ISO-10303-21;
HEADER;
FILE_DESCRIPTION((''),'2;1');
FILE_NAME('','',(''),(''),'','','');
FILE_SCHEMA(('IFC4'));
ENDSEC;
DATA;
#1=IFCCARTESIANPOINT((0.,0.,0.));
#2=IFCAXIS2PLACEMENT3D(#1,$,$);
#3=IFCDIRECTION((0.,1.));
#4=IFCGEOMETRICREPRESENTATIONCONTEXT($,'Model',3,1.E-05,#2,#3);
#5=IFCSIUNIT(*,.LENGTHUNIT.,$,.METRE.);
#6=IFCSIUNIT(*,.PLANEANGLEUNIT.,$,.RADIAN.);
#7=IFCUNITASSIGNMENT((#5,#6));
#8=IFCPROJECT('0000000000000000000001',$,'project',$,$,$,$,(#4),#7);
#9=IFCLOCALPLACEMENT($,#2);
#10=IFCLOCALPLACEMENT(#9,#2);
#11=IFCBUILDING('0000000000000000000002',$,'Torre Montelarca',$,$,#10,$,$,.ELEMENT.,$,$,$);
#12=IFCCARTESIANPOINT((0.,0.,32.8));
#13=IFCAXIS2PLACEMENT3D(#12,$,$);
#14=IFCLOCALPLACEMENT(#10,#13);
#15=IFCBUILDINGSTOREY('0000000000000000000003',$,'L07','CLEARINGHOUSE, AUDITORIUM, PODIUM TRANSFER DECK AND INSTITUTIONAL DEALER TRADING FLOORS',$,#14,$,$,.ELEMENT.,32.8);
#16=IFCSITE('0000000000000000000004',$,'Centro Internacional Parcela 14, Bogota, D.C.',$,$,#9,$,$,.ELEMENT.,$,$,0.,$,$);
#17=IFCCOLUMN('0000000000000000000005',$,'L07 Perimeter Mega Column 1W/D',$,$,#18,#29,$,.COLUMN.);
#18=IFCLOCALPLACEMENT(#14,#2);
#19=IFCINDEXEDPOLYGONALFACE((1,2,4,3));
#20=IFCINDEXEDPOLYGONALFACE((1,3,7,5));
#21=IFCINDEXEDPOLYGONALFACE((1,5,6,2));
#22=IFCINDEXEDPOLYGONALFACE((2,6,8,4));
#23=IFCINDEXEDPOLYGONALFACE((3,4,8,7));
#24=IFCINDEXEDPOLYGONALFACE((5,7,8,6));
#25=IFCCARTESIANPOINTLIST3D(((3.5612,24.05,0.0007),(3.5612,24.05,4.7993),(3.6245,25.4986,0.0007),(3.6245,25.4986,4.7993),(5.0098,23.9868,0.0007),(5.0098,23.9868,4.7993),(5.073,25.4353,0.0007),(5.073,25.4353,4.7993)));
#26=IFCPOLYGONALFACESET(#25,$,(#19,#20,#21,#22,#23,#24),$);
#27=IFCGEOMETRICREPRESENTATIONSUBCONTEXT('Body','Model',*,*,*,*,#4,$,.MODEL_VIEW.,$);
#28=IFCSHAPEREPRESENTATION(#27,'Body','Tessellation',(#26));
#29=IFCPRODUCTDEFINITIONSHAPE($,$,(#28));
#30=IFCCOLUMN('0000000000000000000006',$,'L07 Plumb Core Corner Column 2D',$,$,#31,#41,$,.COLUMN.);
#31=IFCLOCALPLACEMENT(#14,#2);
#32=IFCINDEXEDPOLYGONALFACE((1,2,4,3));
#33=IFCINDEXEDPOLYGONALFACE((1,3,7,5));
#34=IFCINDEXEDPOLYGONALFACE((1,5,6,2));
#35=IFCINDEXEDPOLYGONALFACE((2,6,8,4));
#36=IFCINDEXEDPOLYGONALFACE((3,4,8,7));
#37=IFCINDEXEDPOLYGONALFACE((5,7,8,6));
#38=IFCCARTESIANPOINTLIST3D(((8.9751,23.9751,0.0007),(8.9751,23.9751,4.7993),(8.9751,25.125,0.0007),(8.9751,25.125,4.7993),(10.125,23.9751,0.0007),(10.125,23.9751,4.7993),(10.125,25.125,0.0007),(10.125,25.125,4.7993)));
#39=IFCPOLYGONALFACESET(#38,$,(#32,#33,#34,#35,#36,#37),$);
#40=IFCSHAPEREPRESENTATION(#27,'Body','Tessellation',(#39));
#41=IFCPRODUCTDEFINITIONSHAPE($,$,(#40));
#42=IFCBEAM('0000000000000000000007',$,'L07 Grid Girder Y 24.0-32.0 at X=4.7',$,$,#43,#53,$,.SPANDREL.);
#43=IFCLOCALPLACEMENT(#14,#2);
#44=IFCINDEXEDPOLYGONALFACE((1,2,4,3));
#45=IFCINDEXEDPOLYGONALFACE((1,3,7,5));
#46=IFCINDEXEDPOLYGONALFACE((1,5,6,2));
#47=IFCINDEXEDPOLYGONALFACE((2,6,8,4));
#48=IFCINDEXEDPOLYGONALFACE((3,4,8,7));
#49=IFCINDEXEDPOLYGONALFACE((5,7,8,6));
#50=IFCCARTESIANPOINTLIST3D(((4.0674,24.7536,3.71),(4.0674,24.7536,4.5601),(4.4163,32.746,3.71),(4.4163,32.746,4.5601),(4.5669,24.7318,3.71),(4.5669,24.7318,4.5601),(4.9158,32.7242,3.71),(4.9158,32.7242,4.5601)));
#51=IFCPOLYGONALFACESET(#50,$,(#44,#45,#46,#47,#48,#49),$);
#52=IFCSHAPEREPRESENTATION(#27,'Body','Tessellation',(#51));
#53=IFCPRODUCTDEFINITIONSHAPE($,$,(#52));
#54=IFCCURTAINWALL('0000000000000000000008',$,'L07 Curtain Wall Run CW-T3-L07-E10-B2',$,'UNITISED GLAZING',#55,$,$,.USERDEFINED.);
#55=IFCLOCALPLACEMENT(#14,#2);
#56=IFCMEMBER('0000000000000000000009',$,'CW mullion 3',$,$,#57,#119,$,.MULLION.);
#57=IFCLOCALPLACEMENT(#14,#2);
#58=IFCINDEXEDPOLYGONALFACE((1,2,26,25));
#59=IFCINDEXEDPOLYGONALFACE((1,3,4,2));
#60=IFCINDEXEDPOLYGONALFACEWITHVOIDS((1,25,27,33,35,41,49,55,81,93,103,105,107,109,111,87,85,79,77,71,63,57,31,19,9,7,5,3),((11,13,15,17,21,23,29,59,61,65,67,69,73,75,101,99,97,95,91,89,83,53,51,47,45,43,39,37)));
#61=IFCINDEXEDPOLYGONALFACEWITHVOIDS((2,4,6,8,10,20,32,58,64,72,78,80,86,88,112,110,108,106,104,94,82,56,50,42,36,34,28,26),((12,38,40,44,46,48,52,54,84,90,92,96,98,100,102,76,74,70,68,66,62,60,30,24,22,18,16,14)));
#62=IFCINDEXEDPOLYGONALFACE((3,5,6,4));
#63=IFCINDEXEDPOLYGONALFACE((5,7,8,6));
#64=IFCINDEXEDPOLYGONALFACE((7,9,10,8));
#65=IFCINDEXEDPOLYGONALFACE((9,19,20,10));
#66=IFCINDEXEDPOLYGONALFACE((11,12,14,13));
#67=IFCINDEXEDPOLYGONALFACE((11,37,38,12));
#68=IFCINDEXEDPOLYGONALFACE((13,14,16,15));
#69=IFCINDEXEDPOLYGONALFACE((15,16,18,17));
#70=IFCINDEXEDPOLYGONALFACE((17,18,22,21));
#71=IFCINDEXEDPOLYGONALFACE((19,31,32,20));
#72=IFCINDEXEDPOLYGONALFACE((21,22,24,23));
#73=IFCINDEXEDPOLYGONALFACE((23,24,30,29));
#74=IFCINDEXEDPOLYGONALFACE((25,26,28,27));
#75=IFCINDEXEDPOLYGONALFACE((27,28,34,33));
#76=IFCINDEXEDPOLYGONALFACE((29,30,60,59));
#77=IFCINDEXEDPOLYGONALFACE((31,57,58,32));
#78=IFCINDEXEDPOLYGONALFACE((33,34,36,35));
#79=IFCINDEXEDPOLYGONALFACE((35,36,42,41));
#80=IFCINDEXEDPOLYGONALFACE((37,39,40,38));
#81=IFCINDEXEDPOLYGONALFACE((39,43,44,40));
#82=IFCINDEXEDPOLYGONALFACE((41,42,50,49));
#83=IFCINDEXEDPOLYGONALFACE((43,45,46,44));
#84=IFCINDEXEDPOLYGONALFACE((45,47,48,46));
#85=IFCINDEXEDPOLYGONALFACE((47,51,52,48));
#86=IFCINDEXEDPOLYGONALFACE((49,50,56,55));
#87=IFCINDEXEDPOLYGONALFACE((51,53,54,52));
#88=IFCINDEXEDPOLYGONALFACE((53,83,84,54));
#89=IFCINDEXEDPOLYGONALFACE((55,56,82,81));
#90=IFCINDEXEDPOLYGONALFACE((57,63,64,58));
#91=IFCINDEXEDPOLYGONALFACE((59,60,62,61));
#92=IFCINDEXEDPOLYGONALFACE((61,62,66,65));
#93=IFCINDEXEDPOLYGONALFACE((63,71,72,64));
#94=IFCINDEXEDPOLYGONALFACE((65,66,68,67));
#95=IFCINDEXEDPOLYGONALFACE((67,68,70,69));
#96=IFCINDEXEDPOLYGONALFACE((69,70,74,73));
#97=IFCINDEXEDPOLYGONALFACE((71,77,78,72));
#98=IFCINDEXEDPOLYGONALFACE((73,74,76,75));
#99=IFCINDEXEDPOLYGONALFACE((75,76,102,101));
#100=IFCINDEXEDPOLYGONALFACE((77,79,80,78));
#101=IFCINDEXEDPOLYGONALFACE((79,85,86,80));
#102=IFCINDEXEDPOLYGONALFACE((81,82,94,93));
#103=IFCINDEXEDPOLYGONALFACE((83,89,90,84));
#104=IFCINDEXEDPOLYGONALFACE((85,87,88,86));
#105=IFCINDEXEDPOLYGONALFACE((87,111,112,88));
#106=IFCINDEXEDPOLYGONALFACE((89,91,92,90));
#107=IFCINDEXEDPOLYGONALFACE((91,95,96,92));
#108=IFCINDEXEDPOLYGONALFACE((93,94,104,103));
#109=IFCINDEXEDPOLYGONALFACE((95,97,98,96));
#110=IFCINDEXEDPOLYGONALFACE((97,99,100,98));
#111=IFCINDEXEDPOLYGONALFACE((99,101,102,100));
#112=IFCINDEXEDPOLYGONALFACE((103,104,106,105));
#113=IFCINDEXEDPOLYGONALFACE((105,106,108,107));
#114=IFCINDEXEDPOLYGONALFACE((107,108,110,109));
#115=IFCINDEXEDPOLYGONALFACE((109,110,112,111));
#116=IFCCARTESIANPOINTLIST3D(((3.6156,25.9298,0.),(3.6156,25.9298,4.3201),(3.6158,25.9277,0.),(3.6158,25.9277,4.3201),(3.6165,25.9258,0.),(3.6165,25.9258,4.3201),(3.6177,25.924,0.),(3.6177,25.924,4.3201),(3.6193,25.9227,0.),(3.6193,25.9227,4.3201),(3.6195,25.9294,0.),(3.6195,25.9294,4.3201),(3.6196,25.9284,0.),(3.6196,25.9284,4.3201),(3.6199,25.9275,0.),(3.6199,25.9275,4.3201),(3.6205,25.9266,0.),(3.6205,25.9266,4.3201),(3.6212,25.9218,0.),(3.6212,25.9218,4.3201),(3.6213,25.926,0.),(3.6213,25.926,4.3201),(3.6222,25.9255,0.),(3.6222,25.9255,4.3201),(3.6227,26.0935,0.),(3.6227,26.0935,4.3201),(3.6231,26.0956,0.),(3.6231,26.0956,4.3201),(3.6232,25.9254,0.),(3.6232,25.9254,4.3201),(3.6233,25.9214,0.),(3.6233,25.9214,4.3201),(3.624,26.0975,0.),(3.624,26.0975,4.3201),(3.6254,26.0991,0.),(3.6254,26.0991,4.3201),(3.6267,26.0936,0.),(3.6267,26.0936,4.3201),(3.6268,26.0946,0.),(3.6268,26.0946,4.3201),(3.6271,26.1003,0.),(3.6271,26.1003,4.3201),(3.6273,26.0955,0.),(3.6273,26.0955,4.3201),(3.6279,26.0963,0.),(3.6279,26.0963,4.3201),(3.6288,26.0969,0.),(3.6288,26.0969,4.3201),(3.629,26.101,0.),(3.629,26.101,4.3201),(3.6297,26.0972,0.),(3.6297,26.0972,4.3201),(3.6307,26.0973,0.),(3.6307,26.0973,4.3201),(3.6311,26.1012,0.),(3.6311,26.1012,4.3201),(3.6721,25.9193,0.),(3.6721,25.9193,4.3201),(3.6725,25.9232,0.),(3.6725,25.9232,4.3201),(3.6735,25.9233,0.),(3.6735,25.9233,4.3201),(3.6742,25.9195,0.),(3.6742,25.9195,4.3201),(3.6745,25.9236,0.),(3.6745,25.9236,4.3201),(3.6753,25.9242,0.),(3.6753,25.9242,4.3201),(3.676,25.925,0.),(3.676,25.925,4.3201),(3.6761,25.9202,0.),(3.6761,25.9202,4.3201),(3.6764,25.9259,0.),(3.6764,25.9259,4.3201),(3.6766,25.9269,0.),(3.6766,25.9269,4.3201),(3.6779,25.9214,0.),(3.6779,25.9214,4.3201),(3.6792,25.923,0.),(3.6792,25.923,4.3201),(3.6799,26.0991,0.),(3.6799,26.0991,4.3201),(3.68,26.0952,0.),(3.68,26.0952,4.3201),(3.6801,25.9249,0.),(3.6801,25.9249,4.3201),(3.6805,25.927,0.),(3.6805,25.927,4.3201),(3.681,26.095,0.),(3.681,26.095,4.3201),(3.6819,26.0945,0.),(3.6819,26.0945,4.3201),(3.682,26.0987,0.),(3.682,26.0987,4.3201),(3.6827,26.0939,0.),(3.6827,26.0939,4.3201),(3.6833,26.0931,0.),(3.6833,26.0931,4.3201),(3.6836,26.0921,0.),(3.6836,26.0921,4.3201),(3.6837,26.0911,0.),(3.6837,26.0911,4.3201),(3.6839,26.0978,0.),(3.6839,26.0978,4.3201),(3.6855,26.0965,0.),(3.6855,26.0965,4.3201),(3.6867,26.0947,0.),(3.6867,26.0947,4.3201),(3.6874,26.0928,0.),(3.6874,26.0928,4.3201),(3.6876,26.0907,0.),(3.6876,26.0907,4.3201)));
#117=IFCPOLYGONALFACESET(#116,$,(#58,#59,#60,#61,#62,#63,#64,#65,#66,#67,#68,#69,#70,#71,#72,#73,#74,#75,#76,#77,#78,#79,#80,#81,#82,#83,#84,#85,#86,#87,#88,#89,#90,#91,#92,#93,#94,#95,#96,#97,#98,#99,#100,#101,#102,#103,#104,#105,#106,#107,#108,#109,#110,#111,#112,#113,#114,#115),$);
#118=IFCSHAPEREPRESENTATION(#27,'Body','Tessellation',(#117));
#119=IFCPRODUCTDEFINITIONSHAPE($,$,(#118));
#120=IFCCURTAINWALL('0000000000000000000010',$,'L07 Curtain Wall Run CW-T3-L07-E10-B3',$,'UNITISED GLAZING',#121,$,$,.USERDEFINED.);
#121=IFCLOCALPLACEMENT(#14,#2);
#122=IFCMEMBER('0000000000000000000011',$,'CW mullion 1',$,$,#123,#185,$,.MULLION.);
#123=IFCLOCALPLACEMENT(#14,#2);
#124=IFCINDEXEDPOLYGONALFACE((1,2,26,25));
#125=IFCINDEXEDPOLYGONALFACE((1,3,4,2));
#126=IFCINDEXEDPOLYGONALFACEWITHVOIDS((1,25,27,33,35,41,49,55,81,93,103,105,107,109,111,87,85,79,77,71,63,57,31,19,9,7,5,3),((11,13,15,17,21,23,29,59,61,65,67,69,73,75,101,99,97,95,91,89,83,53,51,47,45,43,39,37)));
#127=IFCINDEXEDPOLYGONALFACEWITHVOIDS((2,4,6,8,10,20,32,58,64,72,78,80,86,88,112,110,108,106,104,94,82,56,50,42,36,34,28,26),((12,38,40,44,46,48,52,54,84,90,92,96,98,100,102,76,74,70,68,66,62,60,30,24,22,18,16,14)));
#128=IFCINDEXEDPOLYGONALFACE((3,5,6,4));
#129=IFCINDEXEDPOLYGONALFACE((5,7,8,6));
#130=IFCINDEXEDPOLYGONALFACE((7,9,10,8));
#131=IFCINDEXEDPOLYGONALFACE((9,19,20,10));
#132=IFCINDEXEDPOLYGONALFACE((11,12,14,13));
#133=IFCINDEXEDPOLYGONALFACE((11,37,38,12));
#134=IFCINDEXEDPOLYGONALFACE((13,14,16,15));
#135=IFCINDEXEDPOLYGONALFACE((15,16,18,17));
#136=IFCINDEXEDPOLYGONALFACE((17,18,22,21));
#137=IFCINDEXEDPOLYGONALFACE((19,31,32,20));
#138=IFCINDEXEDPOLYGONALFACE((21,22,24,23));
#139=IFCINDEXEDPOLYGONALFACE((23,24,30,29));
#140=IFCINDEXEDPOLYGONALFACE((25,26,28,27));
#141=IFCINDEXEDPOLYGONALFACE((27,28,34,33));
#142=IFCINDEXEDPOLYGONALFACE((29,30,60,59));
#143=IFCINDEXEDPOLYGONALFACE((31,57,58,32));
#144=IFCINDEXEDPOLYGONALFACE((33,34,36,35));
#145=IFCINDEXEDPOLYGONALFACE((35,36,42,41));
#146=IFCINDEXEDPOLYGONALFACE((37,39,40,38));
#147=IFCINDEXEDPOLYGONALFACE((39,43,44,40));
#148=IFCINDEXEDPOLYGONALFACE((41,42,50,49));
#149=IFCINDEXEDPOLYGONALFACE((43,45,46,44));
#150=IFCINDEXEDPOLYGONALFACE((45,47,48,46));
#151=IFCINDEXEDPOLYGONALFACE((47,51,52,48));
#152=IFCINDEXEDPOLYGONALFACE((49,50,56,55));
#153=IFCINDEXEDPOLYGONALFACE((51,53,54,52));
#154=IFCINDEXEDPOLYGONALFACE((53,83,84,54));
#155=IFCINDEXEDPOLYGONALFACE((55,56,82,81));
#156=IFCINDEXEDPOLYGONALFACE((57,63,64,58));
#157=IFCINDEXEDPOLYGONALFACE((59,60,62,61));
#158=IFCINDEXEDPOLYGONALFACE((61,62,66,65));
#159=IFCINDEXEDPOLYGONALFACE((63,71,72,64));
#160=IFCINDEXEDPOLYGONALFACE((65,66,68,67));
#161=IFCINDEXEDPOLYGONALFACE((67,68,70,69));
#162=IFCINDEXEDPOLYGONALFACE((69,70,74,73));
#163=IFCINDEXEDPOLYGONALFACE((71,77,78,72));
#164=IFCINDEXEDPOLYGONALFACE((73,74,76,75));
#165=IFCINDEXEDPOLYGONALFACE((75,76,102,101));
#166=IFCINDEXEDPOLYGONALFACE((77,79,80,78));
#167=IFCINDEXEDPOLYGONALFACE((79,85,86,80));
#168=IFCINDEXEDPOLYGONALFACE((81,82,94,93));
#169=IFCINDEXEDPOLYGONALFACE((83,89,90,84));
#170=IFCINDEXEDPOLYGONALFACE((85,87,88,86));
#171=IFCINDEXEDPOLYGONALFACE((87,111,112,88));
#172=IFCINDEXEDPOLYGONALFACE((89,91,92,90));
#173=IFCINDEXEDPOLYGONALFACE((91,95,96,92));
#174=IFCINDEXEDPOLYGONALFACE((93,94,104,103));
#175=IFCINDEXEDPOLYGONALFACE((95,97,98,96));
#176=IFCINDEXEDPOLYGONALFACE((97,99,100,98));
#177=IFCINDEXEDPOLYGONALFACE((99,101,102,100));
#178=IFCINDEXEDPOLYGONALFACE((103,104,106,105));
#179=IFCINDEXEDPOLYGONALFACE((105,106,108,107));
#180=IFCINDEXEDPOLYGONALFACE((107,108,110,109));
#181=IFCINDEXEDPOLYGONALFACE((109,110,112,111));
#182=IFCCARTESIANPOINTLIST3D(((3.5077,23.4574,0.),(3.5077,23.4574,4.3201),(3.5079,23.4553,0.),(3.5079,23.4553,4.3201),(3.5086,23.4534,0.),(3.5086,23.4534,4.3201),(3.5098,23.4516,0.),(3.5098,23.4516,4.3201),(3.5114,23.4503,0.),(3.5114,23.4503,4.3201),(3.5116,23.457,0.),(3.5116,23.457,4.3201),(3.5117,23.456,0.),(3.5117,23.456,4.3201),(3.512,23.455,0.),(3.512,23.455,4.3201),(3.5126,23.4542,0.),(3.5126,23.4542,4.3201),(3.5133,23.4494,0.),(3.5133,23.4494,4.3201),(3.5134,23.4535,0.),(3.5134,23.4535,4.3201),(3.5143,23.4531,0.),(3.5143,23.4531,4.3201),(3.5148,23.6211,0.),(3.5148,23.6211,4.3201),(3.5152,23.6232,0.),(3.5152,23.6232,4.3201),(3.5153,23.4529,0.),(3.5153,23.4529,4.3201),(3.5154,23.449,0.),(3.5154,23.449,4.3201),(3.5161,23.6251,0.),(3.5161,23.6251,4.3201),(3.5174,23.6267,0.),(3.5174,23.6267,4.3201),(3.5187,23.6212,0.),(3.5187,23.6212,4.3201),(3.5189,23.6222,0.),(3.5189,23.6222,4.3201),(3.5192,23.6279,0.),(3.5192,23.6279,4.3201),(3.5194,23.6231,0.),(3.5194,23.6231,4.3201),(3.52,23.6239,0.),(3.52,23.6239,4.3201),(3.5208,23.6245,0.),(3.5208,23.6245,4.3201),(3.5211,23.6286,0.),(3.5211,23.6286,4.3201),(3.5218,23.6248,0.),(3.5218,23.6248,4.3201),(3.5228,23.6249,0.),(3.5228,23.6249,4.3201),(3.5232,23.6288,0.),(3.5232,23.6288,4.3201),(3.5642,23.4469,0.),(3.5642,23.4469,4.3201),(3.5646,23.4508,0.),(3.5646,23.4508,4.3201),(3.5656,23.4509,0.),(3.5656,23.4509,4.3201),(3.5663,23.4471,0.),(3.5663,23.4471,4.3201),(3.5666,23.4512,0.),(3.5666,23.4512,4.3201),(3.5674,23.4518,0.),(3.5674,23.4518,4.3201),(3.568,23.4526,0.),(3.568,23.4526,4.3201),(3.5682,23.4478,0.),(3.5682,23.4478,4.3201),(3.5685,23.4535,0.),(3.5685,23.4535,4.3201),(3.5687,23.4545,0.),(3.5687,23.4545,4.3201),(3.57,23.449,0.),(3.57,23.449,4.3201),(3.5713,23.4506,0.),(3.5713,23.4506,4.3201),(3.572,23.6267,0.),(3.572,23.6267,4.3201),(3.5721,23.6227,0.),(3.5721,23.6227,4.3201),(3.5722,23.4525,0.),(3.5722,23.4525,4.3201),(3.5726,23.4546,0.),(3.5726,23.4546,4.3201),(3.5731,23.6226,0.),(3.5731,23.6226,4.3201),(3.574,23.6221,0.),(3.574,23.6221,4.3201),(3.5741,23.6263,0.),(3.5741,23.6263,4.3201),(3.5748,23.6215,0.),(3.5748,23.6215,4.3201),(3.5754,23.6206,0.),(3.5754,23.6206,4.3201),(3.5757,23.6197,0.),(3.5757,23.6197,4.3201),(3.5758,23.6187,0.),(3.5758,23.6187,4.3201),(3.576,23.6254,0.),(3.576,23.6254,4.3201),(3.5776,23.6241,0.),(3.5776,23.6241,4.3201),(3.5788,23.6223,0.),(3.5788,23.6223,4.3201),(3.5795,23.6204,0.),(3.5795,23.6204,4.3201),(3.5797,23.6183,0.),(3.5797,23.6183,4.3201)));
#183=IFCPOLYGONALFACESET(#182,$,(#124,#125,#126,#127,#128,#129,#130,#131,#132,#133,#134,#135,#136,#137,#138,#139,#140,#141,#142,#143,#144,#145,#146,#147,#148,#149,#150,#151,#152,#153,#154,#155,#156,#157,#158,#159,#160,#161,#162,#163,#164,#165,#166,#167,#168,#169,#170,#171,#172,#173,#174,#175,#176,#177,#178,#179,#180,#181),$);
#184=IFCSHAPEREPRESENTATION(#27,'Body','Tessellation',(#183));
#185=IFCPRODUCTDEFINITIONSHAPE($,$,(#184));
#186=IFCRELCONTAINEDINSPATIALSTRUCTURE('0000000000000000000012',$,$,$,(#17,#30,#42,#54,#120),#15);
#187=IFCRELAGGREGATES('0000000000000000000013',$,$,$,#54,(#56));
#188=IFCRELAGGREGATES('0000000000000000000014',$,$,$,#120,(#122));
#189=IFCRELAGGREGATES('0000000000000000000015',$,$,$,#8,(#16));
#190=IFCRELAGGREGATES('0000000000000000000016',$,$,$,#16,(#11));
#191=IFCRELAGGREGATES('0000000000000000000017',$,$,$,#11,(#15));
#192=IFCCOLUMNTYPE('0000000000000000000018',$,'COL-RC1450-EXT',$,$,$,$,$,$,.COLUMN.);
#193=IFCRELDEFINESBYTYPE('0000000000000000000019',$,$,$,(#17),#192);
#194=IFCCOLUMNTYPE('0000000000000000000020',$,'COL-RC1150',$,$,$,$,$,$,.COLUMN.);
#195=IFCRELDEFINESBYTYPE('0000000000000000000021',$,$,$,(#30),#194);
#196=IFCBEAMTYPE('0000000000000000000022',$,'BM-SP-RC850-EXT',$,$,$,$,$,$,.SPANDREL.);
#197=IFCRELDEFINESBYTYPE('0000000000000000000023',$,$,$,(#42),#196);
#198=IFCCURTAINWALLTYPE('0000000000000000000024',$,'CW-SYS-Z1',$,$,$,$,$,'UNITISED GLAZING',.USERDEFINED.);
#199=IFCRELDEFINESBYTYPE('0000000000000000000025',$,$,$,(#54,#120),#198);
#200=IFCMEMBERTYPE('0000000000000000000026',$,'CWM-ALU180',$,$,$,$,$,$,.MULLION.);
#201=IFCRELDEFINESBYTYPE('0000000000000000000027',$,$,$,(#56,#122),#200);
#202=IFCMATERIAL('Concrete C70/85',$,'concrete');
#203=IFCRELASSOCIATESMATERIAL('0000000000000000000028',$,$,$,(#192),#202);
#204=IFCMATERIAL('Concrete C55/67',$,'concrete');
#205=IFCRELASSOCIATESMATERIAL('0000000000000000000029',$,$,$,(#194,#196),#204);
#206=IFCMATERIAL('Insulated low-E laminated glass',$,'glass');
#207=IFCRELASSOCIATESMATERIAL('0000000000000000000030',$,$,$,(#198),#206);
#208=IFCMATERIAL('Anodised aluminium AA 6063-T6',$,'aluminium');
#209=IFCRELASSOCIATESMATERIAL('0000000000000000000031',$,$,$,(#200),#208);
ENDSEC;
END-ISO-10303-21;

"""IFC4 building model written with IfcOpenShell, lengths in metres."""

from ifc_helpers import new_model, si_unit, direction, frame, origin, origin_2d, place, context, subcontext, project, spatial, rectangle, hollow_rectangle, extrude, source, transform, mapped, material, material_profile, profile_set, type_object, element, aggregate, save


model = new_model("IFC4")

# Units and contexts
model_context = context("Model", 3, precision=1e-05, world=origin(), true_north=direction((0.0, 1.0)))
body_context = subcontext(model_context, "Body", "Model", "MODEL_VIEW")
ifc_project = project(units=[si_unit("LENGTHUNIT", "METRE"), si_unit("PLANEANGLEUNIT", "RADIAN")], contexts=[model_context])

# Site, building, storey
site_placement = place(None, origin())
site = spatial("IfcSite", under=ifc_project, at=site_placement, Name="Centro Internacional Parcela 14, Bogota, D.C.", CompositionType="ELEMENT", RefElevation=0.0)
building_placement = place(site_placement, origin())
building = spatial("IfcBuilding", under=site, at=building_placement, Name="Torre Montelarca", CompositionType="ELEMENT")
storey_placement = place(building_placement, frame((0.0, 0.0, 32.8)))
storey = spatial("IfcBuildingStorey", under=building, at=storey_placement, Name="L07", Description="CLEARINGHOUSE, AUDITORIUM, PODIUM TRANSFER DECK AND INSTITUTIONAL DEALER TRADING FLOORS", CompositionType="ELEMENT", Elevation=32.8)

# Columns
ifc_material_1 = material(Name="Concrete C70/85", Category="concrete")
ifc_material_profile_1 = material_profile(ifc_material_1, rectangle(XDim=1.45, YDim=1.45, at=origin_2d()), Name="RC1450X1450", Category="concrete")
ifc_profile_set_1 = profile_set([ifc_material_profile_1], Name="Concrete C70/85")
column_type_1 = type_object("IfcColumnType", Name="COL-RC1450-EXT", PredefinedType="COLUMN", material=ifc_profile_set_1)
shared_shape_1 = source(origin(), body_context, "Body", "SweptSolid", [
    extrude(rectangle(XDim=1.45, YDim=1.45, at=origin_2d()), origin(), (0.0, 0.0, 1.0), 4.7986),
])
column_1_placement = place(storey_placement, frame((4.3171, 24.7427, 0.0007), z_axis=(0.0, 0.0, 1.0), x_axis=(-0.999048, 0.043619, 0.0)))
element("IfcColumn", 1, at=column_1_placement, inside=storey, type_object=column_type_1, Name="L07 Perimeter Mega Column 1W/D", PredefinedType="COLUMN", context=body_context, shape_type="MappedRepresentation", body=[
    mapped(shared_shape_1, transform((0.0, 0.0, 0.0), scale=1.0)),
])
ifc_material_2 = material(Name="Concrete C55/67", Category="concrete")
ifc_material_profile_2 = material_profile(ifc_material_2, rectangle(XDim=1.1499, YDim=1.1499, at=origin_2d()), Name="RC1150X1150", Category="concrete")
ifc_profile_set_2 = profile_set([ifc_material_profile_2], Name="Concrete C55/67")
column_type_2 = type_object("IfcColumnType", Name="COL-RC1150", PredefinedType="COLUMN", material=ifc_profile_set_2)
shared_shape_2 = source(origin(), body_context, "Body", "SweptSolid", [
    extrude(rectangle(XDim=1.1499, YDim=1.1499, at=origin_2d()), origin(), (0.0, 0.0, 1.0), 4.7986),
])
column_2_placement = place(storey_placement, frame((9.55, 24.55, 0.0007), z_axis=(0.0, 0.0, 1.0), x_axis=(1.0, 0.0, 0.0)))
element("IfcColumn", 2, at=column_2_placement, inside=storey, type_object=column_type_2, Name="L07 Plumb Core Corner Column 2D", PredefinedType="COLUMN", context=body_context, shape_type="MappedRepresentation", body=[
    mapped(shared_shape_2, transform((0.0, 0.0, 0.0), scale=1.0)),
])

# Beam
ifc_material_profile_3 = material_profile(ifc_material_2, rectangle(XDim=0.5, YDim=0.8501, at=origin_2d()), Name="RCB500X850", Category="concrete")
ifc_profile_set_3 = profile_set([ifc_material_profile_3], Name="Concrete C55/67")
beam_type = type_object("IfcBeamType", Name="BM-SP-RC850-EXT", PredefinedType="SPANDREL", material=ifc_profile_set_3)
shared_shape_3 = source(origin(), body_context, "Body", "SweptSolid", [
    extrude(rectangle(XDim=0.5, YDim=0.8501, at=origin_2d()), origin(), (0.0, 0.0, 1.0), 8.0),
])
beam_placement = place(storey_placement, frame((4.3171, 24.7427, 4.135), z_axis=(0.043609, 0.999049, 0.0), x_axis=(-0.999049, 0.043609, 0.0)))
element("IfcBeam", 3, at=beam_placement, inside=storey, type_object=beam_type, Name="L07 Grid Girder Y 24.0-32.0 at X=4.7", PredefinedType="SPANDREL", context=body_context, shape_type="MappedRepresentation", body=[
    mapped(shared_shape_3, transform((0.0, 0.0, 0.0), scale=1.0)),
])

# Curtain wall, member
ifc_material_3 = material(Name="Insulated low-E laminated glass", Category="glass")
curtain_wall_type = type_object("IfcCurtainWallType", Name="CW-SYS-Z1", ElementType="UNITISED GLAZING", PredefinedType="USERDEFINED", material=ifc_material_3)
curtain_wall_1_placement = place(storey_placement, origin())
curtain_wall_1 = element("IfcCurtainWall", 4, at=curtain_wall_1_placement, inside=storey, type_object=curtain_wall_type, Name="L07 Curtain Wall Run CW-T3-L07-E10-B2", ObjectType="UNITISED GLAZING", PredefinedType="USERDEFINED")
ifc_material_4 = material(Name="Anodised aluminium AA 6063-T6", Category="aluminium")
ifc_material_profile_4 = material_profile(ifc_material_4, hollow_rectangle(XDim=0.0649, YDim=0.1799, WallThickness=0.0039, InnerFilletRadius=0.0039, OuterFilletRadius=0.0081, at=origin_2d()), Name="ALU65X180X4", Category="aluminium")
ifc_profile_set_4 = profile_set([ifc_material_profile_4], Name="Anodised aluminium AA 6063-T6")
member_type_1 = type_object("IfcMemberType", Name="CWM-ALU180", PredefinedType="MULLION", material=ifc_profile_set_4)
shared_shape_4 = source(origin(), body_context, "Body", "SweptSolid", [
    extrude(hollow_rectangle(XDim=0.0649, YDim=0.1799, WallThickness=0.0039, InnerFilletRadius=0.0039, OuterFilletRadius=0.0081, at=origin_2d()), origin(), (0.0, 0.0, 1.0), 4.3201),
])
member_1_placement = place(storey_placement, frame((3.6516, 26.0103, 0.0), z_axis=(0.0, 0.0, 1.0), x_axis=(0.999048, -0.043619, 0.0)))
member_1 = element("IfcMember", 5, at=member_1_placement, type_object=member_type_1, Name="CW mullion 3", PredefinedType="MULLION", context=body_context, shape_type="MappedRepresentation", body=[
    mapped(shared_shape_4, transform((0.0, 0.0, 0.0), scale=1.0)),
])
aggregate(curtain_wall_1, [member_1])

# Curtain wall, member
curtain_wall_2_placement = place(storey_placement, origin())
curtain_wall_2 = element("IfcCurtainWall", 6, at=curtain_wall_2_placement, inside=storey, type_object=curtain_wall_type, Name="L07 Curtain Wall Run CW-T3-L07-E10-B3", ObjectType="UNITISED GLAZING", PredefinedType="USERDEFINED")
member_2_placement = place(storey_placement, frame((3.5437, 23.5378, 0.0), z_axis=(0.0, 0.0, 1.0), x_axis=(0.999049, -0.043611, 0.0)))
member_2 = element("IfcMember", 7, at=member_2_placement, type_object=member_type_1, Name="CW mullion 1", PredefinedType="MULLION", context=body_context, shape_type="MappedRepresentation", body=[
    mapped(shared_shape_4, transform((0.0, 0.0, 0.0), scale=1.0)),
])

aggregate(curtain_wall_2, [member_2])

save(model, "model.ifc")
